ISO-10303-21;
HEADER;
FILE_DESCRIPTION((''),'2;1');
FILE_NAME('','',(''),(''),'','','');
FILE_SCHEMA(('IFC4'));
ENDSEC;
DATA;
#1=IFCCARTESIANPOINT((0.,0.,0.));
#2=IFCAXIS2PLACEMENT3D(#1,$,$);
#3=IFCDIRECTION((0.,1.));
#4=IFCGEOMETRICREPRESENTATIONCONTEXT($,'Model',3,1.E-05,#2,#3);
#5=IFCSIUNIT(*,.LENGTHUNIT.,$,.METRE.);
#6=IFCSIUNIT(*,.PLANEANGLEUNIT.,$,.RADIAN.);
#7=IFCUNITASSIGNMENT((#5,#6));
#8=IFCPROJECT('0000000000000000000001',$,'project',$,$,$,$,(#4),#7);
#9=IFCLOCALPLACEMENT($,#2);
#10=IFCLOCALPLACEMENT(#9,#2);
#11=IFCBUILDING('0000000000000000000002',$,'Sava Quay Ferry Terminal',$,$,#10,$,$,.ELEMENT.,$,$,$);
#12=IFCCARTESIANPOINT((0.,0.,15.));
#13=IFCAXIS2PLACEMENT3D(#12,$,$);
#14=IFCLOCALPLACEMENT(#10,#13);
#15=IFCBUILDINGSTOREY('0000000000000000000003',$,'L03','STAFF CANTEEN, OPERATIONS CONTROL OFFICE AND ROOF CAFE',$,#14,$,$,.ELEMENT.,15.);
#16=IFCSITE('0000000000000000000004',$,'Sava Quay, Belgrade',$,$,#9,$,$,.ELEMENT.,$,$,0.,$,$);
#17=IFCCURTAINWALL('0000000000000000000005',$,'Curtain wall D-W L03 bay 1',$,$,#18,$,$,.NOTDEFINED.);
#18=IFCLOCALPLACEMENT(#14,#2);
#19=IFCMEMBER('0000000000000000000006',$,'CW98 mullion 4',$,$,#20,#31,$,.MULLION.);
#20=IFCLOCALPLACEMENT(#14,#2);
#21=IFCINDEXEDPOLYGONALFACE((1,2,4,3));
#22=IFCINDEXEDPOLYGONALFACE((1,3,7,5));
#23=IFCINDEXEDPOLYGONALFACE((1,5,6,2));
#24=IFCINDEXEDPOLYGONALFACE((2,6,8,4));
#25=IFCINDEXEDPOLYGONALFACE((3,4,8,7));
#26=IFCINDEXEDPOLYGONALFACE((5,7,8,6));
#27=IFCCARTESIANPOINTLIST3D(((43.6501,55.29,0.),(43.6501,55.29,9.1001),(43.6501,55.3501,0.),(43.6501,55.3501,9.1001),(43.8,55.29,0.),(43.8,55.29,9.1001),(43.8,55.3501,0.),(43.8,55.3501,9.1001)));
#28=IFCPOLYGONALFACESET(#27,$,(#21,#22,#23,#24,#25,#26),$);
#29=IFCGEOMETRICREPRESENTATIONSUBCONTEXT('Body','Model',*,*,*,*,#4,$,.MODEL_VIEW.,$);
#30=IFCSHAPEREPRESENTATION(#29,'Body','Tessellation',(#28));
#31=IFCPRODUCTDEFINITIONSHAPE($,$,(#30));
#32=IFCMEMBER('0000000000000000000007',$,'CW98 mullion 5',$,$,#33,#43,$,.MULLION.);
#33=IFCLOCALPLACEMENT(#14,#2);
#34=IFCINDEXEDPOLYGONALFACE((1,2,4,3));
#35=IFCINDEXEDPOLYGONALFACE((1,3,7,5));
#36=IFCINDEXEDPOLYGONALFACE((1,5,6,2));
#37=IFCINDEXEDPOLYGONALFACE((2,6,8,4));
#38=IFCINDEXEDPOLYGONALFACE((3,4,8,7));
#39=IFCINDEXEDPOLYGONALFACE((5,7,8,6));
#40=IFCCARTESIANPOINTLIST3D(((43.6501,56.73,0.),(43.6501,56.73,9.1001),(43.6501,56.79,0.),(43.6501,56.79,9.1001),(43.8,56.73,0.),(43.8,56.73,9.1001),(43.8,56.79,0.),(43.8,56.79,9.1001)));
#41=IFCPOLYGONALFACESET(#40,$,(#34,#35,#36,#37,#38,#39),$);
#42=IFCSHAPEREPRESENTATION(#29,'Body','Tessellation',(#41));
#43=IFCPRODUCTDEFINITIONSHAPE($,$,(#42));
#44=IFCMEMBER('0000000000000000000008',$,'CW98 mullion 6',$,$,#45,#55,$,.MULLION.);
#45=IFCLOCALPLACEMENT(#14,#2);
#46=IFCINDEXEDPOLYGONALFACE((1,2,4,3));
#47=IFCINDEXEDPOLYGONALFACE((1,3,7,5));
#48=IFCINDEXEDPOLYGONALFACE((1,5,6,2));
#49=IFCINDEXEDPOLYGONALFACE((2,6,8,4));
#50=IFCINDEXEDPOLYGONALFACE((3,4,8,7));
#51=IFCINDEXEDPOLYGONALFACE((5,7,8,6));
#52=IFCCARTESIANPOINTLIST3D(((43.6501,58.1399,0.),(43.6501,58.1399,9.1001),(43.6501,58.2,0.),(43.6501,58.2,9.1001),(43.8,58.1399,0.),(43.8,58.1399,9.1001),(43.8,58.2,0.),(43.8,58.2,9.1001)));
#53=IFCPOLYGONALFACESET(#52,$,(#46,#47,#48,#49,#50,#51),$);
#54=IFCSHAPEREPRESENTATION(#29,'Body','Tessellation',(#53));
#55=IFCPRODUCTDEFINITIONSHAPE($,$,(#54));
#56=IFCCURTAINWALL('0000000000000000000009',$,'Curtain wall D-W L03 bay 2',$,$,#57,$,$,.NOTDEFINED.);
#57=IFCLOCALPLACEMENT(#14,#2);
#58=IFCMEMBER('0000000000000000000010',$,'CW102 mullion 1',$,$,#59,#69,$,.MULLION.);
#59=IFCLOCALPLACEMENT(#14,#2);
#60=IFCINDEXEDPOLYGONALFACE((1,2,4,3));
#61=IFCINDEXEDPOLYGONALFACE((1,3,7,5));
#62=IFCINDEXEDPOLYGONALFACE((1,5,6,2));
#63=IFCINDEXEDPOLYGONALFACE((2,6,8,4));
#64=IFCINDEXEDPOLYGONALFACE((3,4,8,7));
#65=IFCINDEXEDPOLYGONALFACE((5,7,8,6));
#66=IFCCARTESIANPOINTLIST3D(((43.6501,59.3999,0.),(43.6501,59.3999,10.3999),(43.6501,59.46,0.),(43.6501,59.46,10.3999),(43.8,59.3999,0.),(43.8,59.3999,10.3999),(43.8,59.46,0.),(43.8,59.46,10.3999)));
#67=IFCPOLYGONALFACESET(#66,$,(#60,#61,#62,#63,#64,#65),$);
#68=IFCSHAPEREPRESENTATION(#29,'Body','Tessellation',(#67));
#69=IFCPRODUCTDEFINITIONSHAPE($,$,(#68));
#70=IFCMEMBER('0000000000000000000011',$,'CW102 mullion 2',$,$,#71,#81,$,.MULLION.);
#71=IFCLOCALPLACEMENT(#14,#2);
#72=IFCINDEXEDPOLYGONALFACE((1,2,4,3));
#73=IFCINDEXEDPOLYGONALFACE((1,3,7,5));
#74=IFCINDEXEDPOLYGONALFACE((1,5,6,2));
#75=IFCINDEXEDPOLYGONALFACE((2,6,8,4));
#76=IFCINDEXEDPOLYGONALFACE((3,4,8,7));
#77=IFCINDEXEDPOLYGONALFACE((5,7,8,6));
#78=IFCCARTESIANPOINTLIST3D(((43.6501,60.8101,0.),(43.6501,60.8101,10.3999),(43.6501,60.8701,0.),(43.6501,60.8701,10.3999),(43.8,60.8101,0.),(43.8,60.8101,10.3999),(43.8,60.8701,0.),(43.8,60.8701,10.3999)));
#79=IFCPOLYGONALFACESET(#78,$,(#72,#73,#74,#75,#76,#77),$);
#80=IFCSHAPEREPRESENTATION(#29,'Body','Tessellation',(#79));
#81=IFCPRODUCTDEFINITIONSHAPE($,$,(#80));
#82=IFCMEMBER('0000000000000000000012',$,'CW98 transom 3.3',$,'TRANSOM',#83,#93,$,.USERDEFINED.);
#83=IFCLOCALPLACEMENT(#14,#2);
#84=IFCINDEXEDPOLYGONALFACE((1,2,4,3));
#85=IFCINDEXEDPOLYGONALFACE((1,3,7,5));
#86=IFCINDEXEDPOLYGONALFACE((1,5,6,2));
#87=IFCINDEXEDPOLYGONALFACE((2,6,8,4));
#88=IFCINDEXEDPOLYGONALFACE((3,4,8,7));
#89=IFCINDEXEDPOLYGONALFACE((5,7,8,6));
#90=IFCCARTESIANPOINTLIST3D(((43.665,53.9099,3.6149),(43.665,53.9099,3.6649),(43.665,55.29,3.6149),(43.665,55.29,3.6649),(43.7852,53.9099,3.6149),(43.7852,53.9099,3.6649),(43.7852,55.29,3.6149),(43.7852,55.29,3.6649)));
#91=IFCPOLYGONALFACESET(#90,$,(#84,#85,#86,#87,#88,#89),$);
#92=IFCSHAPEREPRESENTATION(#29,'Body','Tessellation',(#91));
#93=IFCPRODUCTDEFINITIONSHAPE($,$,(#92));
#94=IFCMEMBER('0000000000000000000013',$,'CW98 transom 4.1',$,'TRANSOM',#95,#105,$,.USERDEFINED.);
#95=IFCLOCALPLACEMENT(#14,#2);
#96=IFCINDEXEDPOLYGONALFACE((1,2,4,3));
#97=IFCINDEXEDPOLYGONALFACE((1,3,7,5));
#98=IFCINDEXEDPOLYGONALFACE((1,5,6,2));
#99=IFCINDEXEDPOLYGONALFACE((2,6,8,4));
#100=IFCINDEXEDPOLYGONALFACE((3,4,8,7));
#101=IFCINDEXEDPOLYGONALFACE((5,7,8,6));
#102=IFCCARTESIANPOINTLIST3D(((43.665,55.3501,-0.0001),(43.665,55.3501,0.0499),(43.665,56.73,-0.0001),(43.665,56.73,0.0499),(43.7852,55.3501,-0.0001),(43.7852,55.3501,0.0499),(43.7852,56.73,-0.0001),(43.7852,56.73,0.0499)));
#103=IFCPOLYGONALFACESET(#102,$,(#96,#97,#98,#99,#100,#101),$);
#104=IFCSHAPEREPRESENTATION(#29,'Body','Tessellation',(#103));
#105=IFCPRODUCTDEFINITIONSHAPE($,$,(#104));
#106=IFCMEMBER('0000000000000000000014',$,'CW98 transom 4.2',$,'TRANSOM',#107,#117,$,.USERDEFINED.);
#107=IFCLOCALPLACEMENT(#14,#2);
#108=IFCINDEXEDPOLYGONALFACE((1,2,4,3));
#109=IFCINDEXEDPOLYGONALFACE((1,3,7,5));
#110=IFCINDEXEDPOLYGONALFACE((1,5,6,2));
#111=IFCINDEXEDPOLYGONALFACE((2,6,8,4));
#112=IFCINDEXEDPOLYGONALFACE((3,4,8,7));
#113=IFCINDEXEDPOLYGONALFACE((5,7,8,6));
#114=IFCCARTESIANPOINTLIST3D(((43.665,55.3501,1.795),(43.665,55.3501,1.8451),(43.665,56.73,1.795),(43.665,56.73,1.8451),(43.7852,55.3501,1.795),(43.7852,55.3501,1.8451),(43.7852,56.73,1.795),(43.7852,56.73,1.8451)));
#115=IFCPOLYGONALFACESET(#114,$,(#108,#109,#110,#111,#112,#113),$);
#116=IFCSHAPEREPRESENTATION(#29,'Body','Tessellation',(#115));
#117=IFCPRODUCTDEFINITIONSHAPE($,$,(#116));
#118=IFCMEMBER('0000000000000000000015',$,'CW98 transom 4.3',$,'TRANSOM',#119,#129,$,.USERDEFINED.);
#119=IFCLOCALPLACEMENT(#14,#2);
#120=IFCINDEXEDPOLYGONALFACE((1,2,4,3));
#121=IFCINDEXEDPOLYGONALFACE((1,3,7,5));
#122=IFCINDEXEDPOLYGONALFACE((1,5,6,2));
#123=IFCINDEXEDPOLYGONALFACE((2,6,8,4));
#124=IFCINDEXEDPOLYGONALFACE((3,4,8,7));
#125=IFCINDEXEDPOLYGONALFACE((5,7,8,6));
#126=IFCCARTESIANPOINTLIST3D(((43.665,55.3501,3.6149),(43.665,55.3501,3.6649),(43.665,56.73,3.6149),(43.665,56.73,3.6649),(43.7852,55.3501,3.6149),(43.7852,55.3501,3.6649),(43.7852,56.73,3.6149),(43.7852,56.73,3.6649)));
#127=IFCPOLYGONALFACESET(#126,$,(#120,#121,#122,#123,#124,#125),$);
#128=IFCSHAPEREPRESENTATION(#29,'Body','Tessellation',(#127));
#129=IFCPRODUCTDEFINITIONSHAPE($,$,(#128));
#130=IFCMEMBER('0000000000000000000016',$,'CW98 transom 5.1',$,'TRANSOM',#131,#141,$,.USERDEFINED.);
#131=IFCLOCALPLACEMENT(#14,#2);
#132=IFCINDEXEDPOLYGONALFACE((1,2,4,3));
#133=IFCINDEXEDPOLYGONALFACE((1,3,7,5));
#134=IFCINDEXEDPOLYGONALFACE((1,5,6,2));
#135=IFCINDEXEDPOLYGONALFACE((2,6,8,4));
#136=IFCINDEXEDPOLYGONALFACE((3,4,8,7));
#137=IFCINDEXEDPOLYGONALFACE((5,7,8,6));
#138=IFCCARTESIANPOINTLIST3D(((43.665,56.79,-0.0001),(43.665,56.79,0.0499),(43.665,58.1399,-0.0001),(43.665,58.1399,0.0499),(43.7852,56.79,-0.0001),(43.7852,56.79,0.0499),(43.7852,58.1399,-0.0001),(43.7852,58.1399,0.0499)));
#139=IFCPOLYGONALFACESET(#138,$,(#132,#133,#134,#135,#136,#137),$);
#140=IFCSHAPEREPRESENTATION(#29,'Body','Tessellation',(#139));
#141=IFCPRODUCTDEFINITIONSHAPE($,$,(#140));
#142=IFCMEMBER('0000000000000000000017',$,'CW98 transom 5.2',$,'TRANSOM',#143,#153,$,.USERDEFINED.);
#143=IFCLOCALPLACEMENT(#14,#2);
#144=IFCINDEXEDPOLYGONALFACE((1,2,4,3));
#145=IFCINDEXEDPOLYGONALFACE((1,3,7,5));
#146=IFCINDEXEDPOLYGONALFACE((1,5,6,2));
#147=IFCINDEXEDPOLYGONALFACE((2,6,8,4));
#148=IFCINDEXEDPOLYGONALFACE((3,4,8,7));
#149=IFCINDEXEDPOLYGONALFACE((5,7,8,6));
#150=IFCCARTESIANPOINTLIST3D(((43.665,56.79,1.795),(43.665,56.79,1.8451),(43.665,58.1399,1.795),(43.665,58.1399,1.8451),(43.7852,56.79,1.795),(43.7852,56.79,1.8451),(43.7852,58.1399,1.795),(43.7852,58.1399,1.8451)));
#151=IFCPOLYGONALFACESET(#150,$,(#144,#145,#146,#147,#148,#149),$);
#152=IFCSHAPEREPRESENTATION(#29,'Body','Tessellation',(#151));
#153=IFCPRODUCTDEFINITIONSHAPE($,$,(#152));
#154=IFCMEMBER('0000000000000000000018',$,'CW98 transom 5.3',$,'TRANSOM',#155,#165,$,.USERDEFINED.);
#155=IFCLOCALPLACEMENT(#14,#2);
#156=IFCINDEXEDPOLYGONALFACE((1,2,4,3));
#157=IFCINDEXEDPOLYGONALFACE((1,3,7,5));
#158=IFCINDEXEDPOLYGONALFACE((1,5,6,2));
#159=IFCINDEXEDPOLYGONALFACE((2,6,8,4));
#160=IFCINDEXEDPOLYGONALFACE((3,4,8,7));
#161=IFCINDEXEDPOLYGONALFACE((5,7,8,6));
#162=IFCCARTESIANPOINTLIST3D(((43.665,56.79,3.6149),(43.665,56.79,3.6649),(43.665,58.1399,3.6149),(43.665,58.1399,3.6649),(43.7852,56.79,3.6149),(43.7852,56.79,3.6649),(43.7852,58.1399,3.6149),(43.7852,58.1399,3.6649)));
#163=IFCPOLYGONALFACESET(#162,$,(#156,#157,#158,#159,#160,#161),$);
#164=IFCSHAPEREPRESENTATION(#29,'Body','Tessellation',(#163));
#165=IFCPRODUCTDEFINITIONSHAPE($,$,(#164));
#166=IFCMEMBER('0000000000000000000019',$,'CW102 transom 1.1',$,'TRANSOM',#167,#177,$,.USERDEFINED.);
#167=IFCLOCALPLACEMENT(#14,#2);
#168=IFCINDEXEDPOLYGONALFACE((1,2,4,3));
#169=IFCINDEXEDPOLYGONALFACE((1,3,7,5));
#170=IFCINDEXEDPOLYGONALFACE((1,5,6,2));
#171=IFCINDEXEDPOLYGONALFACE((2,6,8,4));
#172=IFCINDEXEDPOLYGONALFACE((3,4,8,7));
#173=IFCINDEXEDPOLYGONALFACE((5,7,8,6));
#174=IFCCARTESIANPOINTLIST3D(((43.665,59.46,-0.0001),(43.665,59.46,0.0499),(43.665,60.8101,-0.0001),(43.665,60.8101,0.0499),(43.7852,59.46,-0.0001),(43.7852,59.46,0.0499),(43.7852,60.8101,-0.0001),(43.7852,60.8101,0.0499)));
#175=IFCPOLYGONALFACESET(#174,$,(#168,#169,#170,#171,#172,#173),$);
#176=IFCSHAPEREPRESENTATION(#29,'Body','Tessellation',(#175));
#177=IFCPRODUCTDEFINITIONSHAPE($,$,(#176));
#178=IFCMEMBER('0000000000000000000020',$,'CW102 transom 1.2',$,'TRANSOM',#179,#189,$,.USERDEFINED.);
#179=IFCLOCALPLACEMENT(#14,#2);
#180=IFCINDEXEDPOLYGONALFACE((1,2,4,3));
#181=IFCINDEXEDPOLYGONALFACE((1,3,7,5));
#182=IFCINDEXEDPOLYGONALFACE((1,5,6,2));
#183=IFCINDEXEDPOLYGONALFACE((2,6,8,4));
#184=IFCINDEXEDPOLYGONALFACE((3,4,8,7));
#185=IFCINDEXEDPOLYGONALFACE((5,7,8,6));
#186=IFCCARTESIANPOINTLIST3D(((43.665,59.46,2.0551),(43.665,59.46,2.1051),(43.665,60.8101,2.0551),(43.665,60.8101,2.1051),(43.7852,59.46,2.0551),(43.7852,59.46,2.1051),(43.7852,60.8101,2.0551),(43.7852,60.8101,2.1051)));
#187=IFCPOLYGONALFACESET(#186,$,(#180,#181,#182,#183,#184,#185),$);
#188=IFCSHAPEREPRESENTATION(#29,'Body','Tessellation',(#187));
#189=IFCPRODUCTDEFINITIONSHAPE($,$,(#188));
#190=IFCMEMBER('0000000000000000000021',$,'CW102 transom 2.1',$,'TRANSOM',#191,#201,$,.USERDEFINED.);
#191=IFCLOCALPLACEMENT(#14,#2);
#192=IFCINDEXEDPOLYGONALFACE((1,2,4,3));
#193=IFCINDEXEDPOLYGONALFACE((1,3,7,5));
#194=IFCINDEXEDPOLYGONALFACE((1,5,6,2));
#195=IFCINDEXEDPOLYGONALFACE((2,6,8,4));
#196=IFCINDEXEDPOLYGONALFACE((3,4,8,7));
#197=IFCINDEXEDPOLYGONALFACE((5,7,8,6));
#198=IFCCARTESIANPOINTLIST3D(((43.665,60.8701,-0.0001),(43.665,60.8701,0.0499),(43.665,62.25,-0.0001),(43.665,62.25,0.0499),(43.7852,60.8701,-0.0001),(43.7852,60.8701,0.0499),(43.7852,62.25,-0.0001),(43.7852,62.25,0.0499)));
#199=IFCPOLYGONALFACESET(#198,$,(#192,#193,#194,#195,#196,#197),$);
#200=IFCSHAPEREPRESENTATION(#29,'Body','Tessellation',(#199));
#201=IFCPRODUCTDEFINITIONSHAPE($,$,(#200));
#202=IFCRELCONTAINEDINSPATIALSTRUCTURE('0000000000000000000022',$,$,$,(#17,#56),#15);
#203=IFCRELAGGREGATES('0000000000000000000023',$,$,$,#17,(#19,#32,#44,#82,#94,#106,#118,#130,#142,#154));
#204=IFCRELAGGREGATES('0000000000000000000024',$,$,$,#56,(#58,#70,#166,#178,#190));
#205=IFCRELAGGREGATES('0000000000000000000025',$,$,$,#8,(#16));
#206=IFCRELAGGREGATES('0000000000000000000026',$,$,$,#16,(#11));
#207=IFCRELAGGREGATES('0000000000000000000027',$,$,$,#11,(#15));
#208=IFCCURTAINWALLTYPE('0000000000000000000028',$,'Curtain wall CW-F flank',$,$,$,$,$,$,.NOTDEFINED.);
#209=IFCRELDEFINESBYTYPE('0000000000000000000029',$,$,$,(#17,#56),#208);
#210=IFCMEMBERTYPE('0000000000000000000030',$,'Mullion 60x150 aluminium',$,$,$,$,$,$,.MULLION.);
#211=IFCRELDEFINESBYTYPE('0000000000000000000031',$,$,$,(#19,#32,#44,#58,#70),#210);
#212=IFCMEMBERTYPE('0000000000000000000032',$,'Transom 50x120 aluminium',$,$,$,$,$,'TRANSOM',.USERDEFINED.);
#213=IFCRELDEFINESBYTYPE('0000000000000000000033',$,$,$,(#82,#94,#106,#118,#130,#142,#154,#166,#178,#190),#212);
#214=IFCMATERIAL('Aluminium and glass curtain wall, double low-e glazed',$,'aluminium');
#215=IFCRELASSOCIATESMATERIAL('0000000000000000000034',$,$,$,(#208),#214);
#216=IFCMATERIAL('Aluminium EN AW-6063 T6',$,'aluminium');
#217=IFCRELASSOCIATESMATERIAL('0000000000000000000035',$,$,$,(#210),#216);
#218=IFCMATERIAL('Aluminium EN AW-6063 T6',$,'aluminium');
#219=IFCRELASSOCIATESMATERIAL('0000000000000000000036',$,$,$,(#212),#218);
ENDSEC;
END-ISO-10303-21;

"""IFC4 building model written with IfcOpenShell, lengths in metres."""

from ifc_helpers import new_model, si_unit, direction, frame, origin, origin_2d, place, context, subcontext, project, spatial, rectangle, extrude, material, material_profile, profile_set, type_object, element, aggregate, save


model = new_model("IFC4")

# Units and contexts
model_context = context("Model", 3, precision=1e-05, world=origin(), true_north=direction((0.0, 1.0)))
body_context = subcontext(model_context, "Body", "Model", "MODEL_VIEW")
ifc_project = project(units=[si_unit("LENGTHUNIT", "METRE"), si_unit("PLANEANGLEUNIT", "RADIAN")], contexts=[model_context])

# Site, building, storey
site_placement = place(None, origin())
site = spatial("IfcSite", under=ifc_project, at=site_placement, Name="Sava Quay, Belgrade", CompositionType="ELEMENT", RefElevation=0.0)
building_placement = place(site_placement, origin())
building = spatial("IfcBuilding", under=site, at=building_placement, Name="Sava Quay Ferry Terminal", CompositionType="ELEMENT")
storey_placement = place(building_placement, frame((0.0, 0.0, 15.0)))
storey = spatial("IfcBuildingStorey", under=building, at=storey_placement, Name="L03", Description="STAFF CANTEEN, OPERATIONS CONTROL OFFICE AND ROOF CAFE", CompositionType="ELEMENT", Elevation=15.0)

# Curtain walls, members
ifc_material_1 = material(Name="Aluminium and glass curtain wall, double low-e glazed", Category="aluminium")
curtain_wall_type = type_object("IfcCurtainWallType", Name="Curtain wall CW-F flank", PredefinedType="NOTDEFINED", material=ifc_material_1)
curtain_wall_1_placement = place(storey_placement, origin())
curtain_wall_1 = element("IfcCurtainWall", 1, at=curtain_wall_1_placement, inside=storey, type_object=curtain_wall_type, Name="Curtain wall D-W L03 bay 1", PredefinedType="NOTDEFINED")
ifc_material_2 = material(Name="Aluminium EN AW-6063 T6", Category="aluminium")
ifc_material_profile_1 = material_profile(ifc_material_2, rectangle(XDim=0.1499, YDim=0.0601, at=origin_2d()), Name="Mullion 60x150 aluminium")
ifc_profile_set_1 = profile_set([ifc_material_profile_1], Name="Aluminium EN AW-6063 T6")
member_type_1 = type_object("IfcMemberType", Name="Mullion 60x150 aluminium", PredefinedType="MULLION", material=ifc_profile_set_1)
member_1_placement = place(storey_placement, frame((43.7251, 55.3201, 0.0), z_axis=(0.0, 0.0, 1.0), x_axis=(-1.0, 0.0, 0.0)))
member_1 = element("IfcMember", 2, at=member_1_placement, type_object=member_type_1, Name="CW98 mullion 4", PredefinedType="MULLION", context=body_context, shape_type="SweptSolid", body=[
    extrude(rectangle(XDim=0.1499, YDim=0.0601, at=origin_2d()), origin(), (0.0, 0.0, 1.0), 9.1001),
])
member_2_placement = place(storey_placement, frame((43.7251, 56.76, 0.0), z_axis=(0.0, 0.0, 1.0), x_axis=(-1.0, 0.0, 0.0)))
member_2 = element("IfcMember", 3, at=member_2_placement, type_object=member_type_1, Name="CW98 mullion 5", PredefinedType="MULLION", context=body_context, shape_type="SweptSolid", body=[
    extrude(rectangle(XDim=0.1499, YDim=0.0601, at=origin_2d()), origin(), (0.0, 0.0, 1.0), 9.1001),
])
member_3_placement = place(storey_placement, frame((43.7251, 58.1699, 0.0), z_axis=(0.0, 0.0, 1.0), x_axis=(-1.0, 0.0, 0.0)))
member_3 = element("IfcMember", 4, at=member_3_placement, type_object=member_type_1, Name="CW98 mullion 6", PredefinedType="MULLION", context=body_context, shape_type="SweptSolid", body=[
    extrude(rectangle(XDim=0.1499, YDim=0.0601, at=origin_2d()), origin(), (0.0, 0.0, 1.0), 9.1001),
])
curtain_wall_2_placement = place(storey_placement, origin())
curtain_wall_2 = element("IfcCurtainWall", 5, at=curtain_wall_2_placement, inside=storey, type_object=curtain_wall_type, Name="Curtain wall D-W L03 bay 2", PredefinedType="NOTDEFINED")
member_4_placement = place(storey_placement, frame((43.7251, 59.4299, 0.0), z_axis=(0.0, 0.0, 1.0), x_axis=(-1.0, 0.0, 0.0)))
member_4 = element("IfcMember", 6, at=member_4_placement, type_object=member_type_1, Name="CW102 mullion 1", PredefinedType="MULLION", context=body_context, shape_type="SweptSolid", body=[
    extrude(rectangle(XDim=0.1499, YDim=0.0601, at=origin_2d()), origin(), (0.0, 0.0, 1.0), 10.3999),
])
member_5_placement = place(storey_placement, frame((43.7251, 60.8401, 0.0), z_axis=(0.0, 0.0, 1.0), x_axis=(-1.0, 0.0, 0.0)))
member_5 = element("IfcMember", 7, at=member_5_placement, type_object=member_type_1, Name="CW102 mullion 2", PredefinedType="MULLION", context=body_context, shape_type="SweptSolid", body=[
    extrude(rectangle(XDim=0.1499, YDim=0.0601, at=origin_2d()), origin(), (0.0, 0.0, 1.0), 10.3999),
])

# Members
ifc_material_3 = material(Name="Aluminium EN AW-6063 T6", Category="aluminium")
ifc_material_profile_2 = material_profile(ifc_material_3, rectangle(XDim=0.1201, YDim=0.05, at=origin_2d()), Name="Transom 50x120 aluminium")
ifc_profile_set_2 = profile_set([ifc_material_profile_2], Name="Aluminium EN AW-6063 T6")
member_type_2 = type_object("IfcMemberType", Name="Transom 50x120 aluminium", ElementType="TRANSOM", PredefinedType="USERDEFINED", material=ifc_profile_set_2)
member_6_placement = place(storey_placement, frame((43.7251, 53.9099, 3.6399), z_axis=(0.0, 1.0, 0.0), x_axis=(-1.0, 0.0, 0.0)))
member_6 = element("IfcMember", 8, at=member_6_placement, type_object=member_type_2, Name="CW98 transom 3.3", ObjectType="TRANSOM", PredefinedType="USERDEFINED", context=body_context, shape_type="SweptSolid", body=[
    extrude(rectangle(XDim=0.1201, YDim=0.05, at=origin_2d()), origin(), (0.0, 0.0, 1.0), 1.3801),
])
member_7_placement = place(storey_placement, frame((43.7251, 55.3501, 0.0249), z_axis=(0.0, 1.0, 0.0), x_axis=(-1.0, 0.0, 0.0)))
member_7 = element("IfcMember", 9, at=member_7_placement, type_object=member_type_2, Name="CW98 transom 4.1", ObjectType="TRANSOM", PredefinedType="USERDEFINED", context=body_context, shape_type="SweptSolid", body=[
    extrude(rectangle(XDim=0.1201, YDim=0.05, at=origin_2d()), origin(), (0.0, 0.0, 1.0), 1.3799),
])
member_8_placement = place(storey_placement, frame((43.7251, 55.3501, 1.8201), z_axis=(0.0, 1.0, 0.0), x_axis=(-1.0, 0.0, 0.0)))
member_8 = element("IfcMember", 10, at=member_8_placement, type_object=member_type_2, Name="CW98 transom 4.2", ObjectType="TRANSOM", PredefinedType="USERDEFINED", context=body_context, shape_type="SweptSolid", body=[
    extrude(rectangle(XDim=0.1201, YDim=0.05, at=origin_2d()), origin(), (0.0, 0.0, 1.0), 1.3799),
])
member_9_placement = place(storey_placement, frame((43.7251, 55.3501, 3.6399), z_axis=(0.0, 1.0, 0.0), x_axis=(-1.0, 0.0, 0.0)))
member_9 = element("IfcMember", 11, at=member_9_placement, type_object=member_type_2, Name="CW98 transom 4.3", ObjectType="TRANSOM", PredefinedType="USERDEFINED", context=body_context, shape_type="SweptSolid", body=[
    extrude(rectangle(XDim=0.1201, YDim=0.05, at=origin_2d()), origin(), (0.0, 0.0, 1.0), 1.3799),
])
member_10_placement = place(storey_placement, frame((43.7251, 56.79, 0.0249), z_axis=(0.0, 1.0, 0.0), x_axis=(-1.0, 0.0, 0.0)))
member_10 = element("IfcMember", 12, at=member_10_placement, type_object=member_type_2, Name="CW98 transom 5.1", ObjectType="TRANSOM", PredefinedType="USERDEFINED", context=body_context, shape_type="SweptSolid", body=[
    extrude(rectangle(XDim=0.1201, YDim=0.05, at=origin_2d()), origin(), (0.0, 0.0, 1.0), 1.3499),
])
member_11_placement = place(storey_placement, frame((43.7251, 56.79, 1.8201), z_axis=(0.0, 1.0, 0.0), x_axis=(-1.0, 0.0, 0.0)))
member_11 = element("IfcMember", 13, at=member_11_placement, type_object=member_type_2, Name="CW98 transom 5.2", ObjectType="TRANSOM", PredefinedType="USERDEFINED", context=body_context, shape_type="SweptSolid", body=[
    extrude(rectangle(XDim=0.1201, YDim=0.05, at=origin_2d()), origin(), (0.0, 0.0, 1.0), 1.3499),
])
member_12_placement = place(storey_placement, frame((43.7251, 56.79, 3.6399), z_axis=(0.0, 1.0, 0.0), x_axis=(-1.0, 0.0, 0.0)))
member_12 = element("IfcMember", 14, at=member_12_placement, type_object=member_type_2, Name="CW98 transom 5.3", ObjectType="TRANSOM", PredefinedType="USERDEFINED", context=body_context, shape_type="SweptSolid", body=[
    extrude(rectangle(XDim=0.1201, YDim=0.05, at=origin_2d()), origin(), (0.0, 0.0, 1.0), 1.3499),
])
member_13_placement = place(storey_placement, frame((43.7251, 59.46, 0.0249), z_axis=(0.0, 1.0, 0.0), x_axis=(-1.0, 0.0, 0.0)))
member_13 = element("IfcMember", 15, at=member_13_placement, type_object=member_type_2, Name="CW102 transom 1.1", ObjectType="TRANSOM", PredefinedType="USERDEFINED", context=body_context, shape_type="SweptSolid", body=[
    extrude(rectangle(XDim=0.1201, YDim=0.05, at=origin_2d()), origin(), (0.0, 0.0, 1.0), 1.3501),
])
member_14_placement = place(storey_placement, frame((43.7251, 59.46, 2.0801), z_axis=(0.0, 1.0, 0.0), x_axis=(-1.0, 0.0, 0.0)))
member_14 = element("IfcMember", 16, at=member_14_placement, type_object=member_type_2, Name="CW102 transom 1.2", ObjectType="TRANSOM", PredefinedType="USERDEFINED", context=body_context, shape_type="SweptSolid", body=[
    extrude(rectangle(XDim=0.1201, YDim=0.05, at=origin_2d()), origin(), (0.0, 0.0, 1.0), 1.3501),
])
member_15_placement = place(storey_placement, frame((43.7251, 60.8701, 0.0249), z_axis=(0.0, 1.0, 0.0), x_axis=(-1.0, 0.0, 0.0)))
member_15 = element("IfcMember", 17, at=member_15_placement, type_object=member_type_2, Name="CW102 transom 2.1", ObjectType="TRANSOM", PredefinedType="USERDEFINED", context=body_context, shape_type="SweptSolid", body=[
    extrude(rectangle(XDim=0.1201, YDim=0.05, at=origin_2d()), origin(), (0.0, 0.0, 1.0), 1.3799),
])

aggregate(curtain_wall_1, [member_1, member_2, member_3, member_6, member_7, member_8, member_9, member_10, member_11, member_12])
aggregate(curtain_wall_2, [member_4, member_5, member_13, member_14, member_15])

save(model, "model.ifc")
